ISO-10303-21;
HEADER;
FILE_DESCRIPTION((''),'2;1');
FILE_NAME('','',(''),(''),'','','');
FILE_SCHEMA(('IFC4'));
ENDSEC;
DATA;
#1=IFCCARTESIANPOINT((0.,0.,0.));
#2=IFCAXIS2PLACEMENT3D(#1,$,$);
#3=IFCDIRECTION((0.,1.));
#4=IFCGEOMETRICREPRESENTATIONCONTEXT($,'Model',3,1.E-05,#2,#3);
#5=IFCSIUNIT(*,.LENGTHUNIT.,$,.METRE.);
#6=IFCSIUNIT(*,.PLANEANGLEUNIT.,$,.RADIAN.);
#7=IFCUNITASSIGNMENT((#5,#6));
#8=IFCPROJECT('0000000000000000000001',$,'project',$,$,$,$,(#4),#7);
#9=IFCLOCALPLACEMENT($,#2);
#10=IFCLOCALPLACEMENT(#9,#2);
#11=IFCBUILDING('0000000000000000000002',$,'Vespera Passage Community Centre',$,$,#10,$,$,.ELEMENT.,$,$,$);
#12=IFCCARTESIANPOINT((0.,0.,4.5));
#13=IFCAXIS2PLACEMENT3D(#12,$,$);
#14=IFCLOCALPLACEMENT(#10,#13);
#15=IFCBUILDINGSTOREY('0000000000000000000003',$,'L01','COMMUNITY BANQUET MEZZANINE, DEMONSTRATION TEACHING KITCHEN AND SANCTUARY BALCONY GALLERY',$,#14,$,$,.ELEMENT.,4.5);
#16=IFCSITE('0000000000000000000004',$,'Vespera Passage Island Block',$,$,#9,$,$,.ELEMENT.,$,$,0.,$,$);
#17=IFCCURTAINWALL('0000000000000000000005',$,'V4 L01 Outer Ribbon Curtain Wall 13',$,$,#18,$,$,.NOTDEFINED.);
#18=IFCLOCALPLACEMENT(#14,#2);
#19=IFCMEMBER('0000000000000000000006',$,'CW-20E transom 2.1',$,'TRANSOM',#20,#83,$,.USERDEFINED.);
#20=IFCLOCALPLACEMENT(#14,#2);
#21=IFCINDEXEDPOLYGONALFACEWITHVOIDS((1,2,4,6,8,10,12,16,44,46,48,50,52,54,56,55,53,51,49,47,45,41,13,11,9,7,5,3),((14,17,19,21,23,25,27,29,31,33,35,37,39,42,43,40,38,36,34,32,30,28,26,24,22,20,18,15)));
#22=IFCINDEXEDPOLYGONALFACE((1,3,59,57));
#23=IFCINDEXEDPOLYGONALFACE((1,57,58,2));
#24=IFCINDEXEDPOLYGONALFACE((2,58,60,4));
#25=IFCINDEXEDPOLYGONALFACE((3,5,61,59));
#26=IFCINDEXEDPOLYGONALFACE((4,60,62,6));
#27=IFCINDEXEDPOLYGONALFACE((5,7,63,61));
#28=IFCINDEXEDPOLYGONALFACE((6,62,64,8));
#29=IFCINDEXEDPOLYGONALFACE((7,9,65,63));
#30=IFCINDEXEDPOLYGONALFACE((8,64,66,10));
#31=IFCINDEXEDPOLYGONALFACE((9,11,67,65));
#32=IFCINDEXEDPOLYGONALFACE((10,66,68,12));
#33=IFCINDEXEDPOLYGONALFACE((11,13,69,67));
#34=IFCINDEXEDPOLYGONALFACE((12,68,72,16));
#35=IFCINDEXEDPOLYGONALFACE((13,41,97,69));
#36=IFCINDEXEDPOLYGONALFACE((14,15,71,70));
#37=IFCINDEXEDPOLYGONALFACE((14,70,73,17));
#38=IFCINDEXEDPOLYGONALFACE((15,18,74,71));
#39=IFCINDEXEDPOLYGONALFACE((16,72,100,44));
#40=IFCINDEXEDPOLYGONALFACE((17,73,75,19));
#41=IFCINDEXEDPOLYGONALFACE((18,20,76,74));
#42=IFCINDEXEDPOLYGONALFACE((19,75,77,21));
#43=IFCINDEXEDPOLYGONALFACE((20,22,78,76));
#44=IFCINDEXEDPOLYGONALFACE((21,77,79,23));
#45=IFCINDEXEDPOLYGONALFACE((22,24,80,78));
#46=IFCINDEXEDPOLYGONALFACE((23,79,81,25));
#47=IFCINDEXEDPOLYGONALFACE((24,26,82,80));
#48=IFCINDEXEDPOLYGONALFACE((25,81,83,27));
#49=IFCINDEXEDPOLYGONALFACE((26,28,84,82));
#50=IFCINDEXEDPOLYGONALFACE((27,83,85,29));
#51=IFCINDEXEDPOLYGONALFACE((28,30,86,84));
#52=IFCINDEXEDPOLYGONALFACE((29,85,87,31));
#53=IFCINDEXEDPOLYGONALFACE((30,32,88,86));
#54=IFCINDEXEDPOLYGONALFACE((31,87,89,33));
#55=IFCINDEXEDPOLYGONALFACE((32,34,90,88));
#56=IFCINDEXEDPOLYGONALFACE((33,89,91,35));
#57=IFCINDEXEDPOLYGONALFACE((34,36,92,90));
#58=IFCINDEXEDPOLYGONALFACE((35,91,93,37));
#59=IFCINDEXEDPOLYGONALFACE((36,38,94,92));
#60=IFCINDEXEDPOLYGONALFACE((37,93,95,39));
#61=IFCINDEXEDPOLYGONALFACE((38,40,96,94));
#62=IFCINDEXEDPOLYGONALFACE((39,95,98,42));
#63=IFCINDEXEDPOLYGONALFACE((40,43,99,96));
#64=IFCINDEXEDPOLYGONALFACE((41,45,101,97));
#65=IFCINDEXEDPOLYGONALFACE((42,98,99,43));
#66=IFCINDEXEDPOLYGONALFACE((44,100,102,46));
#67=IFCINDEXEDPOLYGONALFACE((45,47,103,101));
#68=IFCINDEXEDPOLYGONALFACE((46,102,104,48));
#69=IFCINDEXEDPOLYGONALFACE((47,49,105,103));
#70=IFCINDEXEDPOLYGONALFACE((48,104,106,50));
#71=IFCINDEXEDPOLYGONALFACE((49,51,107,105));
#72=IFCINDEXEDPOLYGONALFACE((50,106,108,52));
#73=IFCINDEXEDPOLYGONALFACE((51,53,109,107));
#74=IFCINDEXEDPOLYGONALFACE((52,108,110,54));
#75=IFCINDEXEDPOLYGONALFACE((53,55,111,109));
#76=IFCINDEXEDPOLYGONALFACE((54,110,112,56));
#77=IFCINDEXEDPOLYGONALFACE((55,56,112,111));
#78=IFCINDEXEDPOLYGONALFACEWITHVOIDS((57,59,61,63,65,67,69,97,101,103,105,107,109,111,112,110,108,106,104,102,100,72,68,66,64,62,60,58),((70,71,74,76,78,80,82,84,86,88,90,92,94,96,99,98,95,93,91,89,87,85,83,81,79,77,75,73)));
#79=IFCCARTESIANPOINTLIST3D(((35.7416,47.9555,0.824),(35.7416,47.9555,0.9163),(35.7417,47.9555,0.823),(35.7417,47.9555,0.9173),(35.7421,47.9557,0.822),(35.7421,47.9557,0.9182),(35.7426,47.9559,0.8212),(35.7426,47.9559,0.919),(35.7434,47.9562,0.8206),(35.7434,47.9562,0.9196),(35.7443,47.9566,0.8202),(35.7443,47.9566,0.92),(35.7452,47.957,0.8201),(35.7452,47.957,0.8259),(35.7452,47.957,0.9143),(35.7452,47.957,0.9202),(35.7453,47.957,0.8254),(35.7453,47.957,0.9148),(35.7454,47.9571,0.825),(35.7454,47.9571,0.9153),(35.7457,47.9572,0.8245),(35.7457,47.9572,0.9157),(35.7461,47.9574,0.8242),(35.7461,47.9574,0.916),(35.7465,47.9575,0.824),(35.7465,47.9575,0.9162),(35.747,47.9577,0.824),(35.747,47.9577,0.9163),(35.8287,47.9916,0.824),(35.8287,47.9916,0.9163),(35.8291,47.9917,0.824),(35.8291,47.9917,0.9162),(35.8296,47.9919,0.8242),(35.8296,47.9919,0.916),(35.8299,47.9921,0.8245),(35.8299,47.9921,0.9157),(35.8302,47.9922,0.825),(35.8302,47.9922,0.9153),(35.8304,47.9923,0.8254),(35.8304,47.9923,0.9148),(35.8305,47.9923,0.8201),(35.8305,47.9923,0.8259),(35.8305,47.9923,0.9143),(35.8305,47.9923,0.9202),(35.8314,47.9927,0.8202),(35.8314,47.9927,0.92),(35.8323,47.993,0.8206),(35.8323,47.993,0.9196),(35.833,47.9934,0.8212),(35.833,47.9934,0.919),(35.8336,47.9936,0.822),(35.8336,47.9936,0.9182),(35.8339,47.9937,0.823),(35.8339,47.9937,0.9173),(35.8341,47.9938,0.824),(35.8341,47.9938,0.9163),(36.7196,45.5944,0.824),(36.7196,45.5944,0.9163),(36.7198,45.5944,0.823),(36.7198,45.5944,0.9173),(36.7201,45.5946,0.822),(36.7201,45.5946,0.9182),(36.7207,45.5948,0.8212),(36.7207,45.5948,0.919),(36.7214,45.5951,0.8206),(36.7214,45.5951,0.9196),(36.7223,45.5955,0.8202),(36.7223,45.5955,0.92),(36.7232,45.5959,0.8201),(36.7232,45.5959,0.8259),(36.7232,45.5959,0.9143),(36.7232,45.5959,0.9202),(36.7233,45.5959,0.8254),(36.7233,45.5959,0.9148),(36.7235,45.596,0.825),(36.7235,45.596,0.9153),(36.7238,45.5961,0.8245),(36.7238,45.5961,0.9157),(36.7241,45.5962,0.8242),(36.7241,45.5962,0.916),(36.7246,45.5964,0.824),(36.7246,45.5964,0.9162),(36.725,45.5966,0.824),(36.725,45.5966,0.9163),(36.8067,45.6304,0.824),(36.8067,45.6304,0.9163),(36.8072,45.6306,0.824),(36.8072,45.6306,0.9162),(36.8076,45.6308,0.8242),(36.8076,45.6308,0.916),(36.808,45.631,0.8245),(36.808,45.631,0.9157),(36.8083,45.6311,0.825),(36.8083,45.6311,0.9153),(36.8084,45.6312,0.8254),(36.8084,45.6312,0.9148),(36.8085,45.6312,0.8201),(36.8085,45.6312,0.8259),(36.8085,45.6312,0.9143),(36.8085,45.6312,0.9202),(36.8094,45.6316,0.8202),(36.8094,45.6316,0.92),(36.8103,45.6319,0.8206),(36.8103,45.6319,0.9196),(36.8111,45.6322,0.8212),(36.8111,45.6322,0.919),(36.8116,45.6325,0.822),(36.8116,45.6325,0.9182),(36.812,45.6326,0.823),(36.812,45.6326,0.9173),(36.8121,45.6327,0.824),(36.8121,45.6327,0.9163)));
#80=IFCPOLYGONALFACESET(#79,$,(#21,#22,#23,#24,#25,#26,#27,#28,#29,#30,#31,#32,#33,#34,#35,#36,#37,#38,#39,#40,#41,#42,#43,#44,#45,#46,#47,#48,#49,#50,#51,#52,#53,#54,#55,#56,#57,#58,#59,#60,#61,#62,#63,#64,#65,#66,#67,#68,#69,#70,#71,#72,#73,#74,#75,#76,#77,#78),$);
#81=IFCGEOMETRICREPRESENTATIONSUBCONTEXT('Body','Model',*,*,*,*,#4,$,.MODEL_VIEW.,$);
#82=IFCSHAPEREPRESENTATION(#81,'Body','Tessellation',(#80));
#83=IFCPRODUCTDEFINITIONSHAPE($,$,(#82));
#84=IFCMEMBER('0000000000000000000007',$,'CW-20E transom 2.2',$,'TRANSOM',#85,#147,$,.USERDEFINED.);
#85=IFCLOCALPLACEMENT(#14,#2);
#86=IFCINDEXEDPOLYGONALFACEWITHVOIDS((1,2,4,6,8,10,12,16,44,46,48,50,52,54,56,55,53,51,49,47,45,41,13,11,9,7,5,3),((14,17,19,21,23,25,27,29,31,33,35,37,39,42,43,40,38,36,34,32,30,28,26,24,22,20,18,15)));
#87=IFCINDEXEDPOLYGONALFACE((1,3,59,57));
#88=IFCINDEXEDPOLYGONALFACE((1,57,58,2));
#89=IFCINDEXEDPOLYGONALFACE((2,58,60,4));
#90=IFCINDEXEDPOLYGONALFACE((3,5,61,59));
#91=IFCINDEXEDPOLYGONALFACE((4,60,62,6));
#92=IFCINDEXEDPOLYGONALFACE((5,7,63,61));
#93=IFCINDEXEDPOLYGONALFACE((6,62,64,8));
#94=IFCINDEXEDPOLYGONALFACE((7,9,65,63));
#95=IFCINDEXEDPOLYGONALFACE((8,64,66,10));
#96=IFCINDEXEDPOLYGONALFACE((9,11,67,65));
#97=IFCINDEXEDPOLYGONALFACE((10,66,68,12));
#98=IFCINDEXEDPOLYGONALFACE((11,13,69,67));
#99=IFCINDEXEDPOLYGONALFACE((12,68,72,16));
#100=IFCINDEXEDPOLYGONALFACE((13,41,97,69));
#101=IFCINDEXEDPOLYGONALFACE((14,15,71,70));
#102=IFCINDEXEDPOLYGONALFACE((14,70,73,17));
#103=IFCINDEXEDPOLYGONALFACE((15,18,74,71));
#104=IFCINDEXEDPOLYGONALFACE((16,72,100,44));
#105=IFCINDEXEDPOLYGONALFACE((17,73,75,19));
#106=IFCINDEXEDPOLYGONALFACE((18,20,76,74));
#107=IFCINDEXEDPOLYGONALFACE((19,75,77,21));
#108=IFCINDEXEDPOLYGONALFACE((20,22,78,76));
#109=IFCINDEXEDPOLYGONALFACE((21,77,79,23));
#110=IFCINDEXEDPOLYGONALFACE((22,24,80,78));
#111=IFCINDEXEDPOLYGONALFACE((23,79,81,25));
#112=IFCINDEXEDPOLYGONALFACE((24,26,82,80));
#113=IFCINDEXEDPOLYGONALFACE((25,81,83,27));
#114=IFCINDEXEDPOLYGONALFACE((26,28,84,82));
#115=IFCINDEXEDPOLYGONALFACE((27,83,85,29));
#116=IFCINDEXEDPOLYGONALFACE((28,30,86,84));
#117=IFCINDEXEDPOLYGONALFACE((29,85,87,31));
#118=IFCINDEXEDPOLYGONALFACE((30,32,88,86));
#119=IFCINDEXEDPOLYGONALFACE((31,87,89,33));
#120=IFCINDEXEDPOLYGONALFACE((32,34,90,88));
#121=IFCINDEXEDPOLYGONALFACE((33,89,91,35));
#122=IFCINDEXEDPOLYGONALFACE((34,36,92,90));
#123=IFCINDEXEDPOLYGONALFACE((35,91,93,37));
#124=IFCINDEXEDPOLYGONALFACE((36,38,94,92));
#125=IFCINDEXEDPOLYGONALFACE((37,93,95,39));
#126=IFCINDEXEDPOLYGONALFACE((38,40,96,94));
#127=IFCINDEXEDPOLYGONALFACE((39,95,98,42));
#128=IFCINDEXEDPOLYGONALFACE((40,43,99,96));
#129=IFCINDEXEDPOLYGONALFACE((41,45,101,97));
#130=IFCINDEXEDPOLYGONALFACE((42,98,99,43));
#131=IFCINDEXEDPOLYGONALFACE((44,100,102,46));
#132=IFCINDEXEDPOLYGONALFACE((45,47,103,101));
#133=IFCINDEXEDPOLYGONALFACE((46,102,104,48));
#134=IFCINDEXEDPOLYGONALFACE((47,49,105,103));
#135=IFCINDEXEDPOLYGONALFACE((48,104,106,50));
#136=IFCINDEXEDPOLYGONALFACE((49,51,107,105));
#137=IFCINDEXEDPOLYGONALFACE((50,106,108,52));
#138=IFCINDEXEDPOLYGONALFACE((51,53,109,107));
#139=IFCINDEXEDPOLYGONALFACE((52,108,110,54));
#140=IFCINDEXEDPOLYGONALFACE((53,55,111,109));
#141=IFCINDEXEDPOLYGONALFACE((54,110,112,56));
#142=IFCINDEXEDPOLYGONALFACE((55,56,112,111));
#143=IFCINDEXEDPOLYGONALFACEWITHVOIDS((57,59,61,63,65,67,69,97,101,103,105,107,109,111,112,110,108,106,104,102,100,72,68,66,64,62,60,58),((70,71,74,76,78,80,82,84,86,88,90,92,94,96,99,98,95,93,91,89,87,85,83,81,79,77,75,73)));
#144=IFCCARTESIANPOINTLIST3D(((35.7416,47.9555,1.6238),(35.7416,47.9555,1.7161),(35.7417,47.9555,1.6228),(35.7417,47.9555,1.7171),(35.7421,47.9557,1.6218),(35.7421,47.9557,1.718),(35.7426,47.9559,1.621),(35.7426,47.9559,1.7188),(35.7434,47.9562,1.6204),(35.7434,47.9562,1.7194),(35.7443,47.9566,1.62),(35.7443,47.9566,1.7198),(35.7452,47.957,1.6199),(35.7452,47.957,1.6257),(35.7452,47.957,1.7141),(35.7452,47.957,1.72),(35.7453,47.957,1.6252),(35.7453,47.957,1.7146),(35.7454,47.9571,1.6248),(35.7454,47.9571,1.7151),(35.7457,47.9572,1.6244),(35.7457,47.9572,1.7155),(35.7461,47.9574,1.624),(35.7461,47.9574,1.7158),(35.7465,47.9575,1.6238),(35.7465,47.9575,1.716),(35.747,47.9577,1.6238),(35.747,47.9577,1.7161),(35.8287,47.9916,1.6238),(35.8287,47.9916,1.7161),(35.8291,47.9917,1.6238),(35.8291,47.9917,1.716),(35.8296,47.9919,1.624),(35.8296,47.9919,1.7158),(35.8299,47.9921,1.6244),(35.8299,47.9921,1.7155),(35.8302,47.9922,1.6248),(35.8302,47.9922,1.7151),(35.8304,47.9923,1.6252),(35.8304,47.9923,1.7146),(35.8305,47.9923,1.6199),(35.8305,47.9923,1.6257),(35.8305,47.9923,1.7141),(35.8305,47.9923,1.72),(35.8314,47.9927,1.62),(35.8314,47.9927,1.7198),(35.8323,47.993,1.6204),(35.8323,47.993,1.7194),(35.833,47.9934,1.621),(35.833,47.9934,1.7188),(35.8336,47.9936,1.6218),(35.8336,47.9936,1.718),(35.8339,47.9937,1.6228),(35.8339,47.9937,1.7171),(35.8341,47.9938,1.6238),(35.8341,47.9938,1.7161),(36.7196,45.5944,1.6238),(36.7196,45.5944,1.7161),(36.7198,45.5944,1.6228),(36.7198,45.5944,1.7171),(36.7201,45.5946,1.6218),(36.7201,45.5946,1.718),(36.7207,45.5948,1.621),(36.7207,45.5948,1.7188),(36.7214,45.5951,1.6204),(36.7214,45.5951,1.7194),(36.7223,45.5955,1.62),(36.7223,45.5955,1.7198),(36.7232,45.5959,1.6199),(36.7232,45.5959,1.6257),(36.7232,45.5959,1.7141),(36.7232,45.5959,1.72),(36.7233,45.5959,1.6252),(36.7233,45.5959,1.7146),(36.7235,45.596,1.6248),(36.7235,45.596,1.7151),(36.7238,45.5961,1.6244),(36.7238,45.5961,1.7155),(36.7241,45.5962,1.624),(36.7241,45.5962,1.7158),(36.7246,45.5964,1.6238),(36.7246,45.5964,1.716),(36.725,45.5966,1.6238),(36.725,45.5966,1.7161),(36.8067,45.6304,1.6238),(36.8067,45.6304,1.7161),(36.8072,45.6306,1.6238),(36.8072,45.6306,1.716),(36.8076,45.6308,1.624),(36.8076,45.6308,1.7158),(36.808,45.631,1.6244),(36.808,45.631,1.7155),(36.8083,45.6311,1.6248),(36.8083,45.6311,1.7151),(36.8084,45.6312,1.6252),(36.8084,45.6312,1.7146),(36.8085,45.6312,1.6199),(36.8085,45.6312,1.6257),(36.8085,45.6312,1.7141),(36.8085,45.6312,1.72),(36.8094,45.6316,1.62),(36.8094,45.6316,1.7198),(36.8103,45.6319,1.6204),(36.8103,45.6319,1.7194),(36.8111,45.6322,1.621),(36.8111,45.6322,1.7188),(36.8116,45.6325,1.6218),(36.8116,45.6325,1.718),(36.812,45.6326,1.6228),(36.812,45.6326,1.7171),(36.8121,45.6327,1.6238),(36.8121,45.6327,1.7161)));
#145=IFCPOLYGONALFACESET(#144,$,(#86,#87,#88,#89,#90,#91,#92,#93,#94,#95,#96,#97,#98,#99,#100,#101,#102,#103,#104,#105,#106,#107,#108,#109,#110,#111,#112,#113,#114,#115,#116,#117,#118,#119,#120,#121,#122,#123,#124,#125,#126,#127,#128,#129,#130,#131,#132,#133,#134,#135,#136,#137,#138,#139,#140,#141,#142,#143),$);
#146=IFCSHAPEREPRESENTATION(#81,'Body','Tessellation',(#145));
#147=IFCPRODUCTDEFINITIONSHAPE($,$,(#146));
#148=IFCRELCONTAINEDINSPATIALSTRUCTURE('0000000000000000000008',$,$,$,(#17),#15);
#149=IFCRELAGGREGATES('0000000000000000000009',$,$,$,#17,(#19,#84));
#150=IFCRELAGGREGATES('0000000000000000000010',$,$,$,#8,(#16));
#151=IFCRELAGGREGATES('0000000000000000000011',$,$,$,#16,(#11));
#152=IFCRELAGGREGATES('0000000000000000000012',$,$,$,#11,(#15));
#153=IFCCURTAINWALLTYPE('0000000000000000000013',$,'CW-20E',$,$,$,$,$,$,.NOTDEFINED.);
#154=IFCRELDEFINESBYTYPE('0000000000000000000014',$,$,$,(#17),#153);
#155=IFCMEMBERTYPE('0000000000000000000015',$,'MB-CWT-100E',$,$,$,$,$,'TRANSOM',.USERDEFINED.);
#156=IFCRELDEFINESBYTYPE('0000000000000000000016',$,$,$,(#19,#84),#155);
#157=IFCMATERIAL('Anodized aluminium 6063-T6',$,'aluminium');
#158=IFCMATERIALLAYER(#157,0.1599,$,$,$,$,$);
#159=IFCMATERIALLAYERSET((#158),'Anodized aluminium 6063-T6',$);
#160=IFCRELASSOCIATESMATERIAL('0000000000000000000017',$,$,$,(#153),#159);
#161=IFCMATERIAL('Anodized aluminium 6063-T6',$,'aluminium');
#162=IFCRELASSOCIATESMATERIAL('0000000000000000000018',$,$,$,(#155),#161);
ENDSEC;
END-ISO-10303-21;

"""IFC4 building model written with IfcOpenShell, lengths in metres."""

from ifc_helpers import new_model, si_unit, direction, frame, origin, origin_2d, place, context, subcontext, project, spatial, hollow_rectangle, extrude, material, layer, layer_set, material_profile, profile_set, type_object, element, aggregate, save


model = new_model("IFC4")

# Units and contexts
model_context = context("Model", 3, precision=1e-05, world=origin(), true_north=direction((0.0, 1.0)))
body_context = subcontext(model_context, "Body", "Model", "MODEL_VIEW")
ifc_project = project(units=[si_unit("LENGTHUNIT", "METRE"), si_unit("PLANEANGLEUNIT", "RADIAN")], contexts=[model_context])

# Site, building, storey
site_placement = place(None, origin())
site = spatial("IfcSite", under=ifc_project, at=site_placement, Name="Vespera Passage Island Block", CompositionType="ELEMENT", RefElevation=0.0)
building_placement = place(site_placement, origin())
building = spatial("IfcBuilding", under=site, at=building_placement, Name="Vespera Passage Community Centre", CompositionType="ELEMENT")
storey_placement = place(building_placement, frame((0.0, 0.0, 4.5)))
storey = spatial("IfcBuildingStorey", under=building, at=storey_placement, Name="L01", Description="COMMUNITY BANQUET MEZZANINE, DEMONSTRATION TEACHING KITCHEN AND SANCTUARY BALCONY GALLERY", CompositionType="ELEMENT", Elevation=4.5)

# Curtain wall
ifc_material_1 = material(Name="Anodized aluminium 6063-T6", Category="aluminium")
ifc_layer_1 = layer(ifc_material_1, 0.1599)
ifc_layer_set_1 = layer_set([ifc_layer_1], Name="Anodized aluminium 6063-T6")
curtain_wall_type_1 = type_object("IfcCurtainWallType", Name="CW-20E", PredefinedType="NOTDEFINED", material=ifc_layer_set_1)
curtain_wall_1_placement = place(storey_placement, origin())
curtain_wall_1 = element("IfcCurtainWall", 1, at=curtain_wall_1_placement, inside=storey, type_object=curtain_wall_type_1, Name="V4 L01 Outer Ribbon Curtain Wall 13", PredefinedType="NOTDEFINED")

# Members
ifc_material_2 = material(Name="Anodized aluminium 6063-T6", Category="aluminium")
ifc_material_profile_1 = material_profile(ifc_material_2, hollow_rectangle(XDim=0.1001, YDim=0.1001, WallThickness=0.0039, InnerFilletRadius=0.002, OuterFilletRadius=0.0039, at=origin_2d()), Name="ALU100X100X4")
ifc_profile_set_1 = profile_set([ifc_material_profile_1], Name="Anodized aluminium 6063-T6")
member_type_1 = type_object("IfcMemberType", Name="MB-CWT-100E", ElementType="TRANSOM", PredefinedType="USERDEFINED", material=ifc_profile_set_1)
member_1_placement = place(storey_placement, frame((36.7659, 45.6135, 0.8701), z_axis=(-0.382695, 0.923875, 0.0), x_axis=(-0.923875, -0.382695, 0.0)))
member_1 = element("IfcMember", 2, at=member_1_placement, type_object=member_type_1, Name="CW-20E transom 2.1", ObjectType="TRANSOM", PredefinedType="USERDEFINED", context=body_context, shape_type="SweptSolid", body=[
    extrude(hollow_rectangle(XDim=0.1001, YDim=0.1001, WallThickness=0.0039, InnerFilletRadius=0.002, OuterFilletRadius=0.0039, at=origin_2d()), origin(), (0.0, 0.0, 1.0), 2.5557),
])
member_2_placement = place(storey_placement, frame((36.7659, 45.6135, 1.6699), z_axis=(-0.382695, 0.923875, 0.0), x_axis=(-0.923875, -0.382695, 0.0)))
member_2 = element("IfcMember", 3, at=member_2_placement, type_object=member_type_1, Name="CW-20E transom 2.2", ObjectType="TRANSOM", PredefinedType="USERDEFINED", context=body_context, shape_type="SweptSolid", body=[
    extrude(hollow_rectangle(XDim=0.1001, YDim=0.1001, WallThickness=0.0039, InnerFilletRadius=0.002, OuterFilletRadius=0.0039, at=origin_2d()), origin(), (0.0, 0.0, 1.0), 2.5557),
])

aggregate(curtain_wall_1, [member_1, member_2])

save(model, "model.ifc")
